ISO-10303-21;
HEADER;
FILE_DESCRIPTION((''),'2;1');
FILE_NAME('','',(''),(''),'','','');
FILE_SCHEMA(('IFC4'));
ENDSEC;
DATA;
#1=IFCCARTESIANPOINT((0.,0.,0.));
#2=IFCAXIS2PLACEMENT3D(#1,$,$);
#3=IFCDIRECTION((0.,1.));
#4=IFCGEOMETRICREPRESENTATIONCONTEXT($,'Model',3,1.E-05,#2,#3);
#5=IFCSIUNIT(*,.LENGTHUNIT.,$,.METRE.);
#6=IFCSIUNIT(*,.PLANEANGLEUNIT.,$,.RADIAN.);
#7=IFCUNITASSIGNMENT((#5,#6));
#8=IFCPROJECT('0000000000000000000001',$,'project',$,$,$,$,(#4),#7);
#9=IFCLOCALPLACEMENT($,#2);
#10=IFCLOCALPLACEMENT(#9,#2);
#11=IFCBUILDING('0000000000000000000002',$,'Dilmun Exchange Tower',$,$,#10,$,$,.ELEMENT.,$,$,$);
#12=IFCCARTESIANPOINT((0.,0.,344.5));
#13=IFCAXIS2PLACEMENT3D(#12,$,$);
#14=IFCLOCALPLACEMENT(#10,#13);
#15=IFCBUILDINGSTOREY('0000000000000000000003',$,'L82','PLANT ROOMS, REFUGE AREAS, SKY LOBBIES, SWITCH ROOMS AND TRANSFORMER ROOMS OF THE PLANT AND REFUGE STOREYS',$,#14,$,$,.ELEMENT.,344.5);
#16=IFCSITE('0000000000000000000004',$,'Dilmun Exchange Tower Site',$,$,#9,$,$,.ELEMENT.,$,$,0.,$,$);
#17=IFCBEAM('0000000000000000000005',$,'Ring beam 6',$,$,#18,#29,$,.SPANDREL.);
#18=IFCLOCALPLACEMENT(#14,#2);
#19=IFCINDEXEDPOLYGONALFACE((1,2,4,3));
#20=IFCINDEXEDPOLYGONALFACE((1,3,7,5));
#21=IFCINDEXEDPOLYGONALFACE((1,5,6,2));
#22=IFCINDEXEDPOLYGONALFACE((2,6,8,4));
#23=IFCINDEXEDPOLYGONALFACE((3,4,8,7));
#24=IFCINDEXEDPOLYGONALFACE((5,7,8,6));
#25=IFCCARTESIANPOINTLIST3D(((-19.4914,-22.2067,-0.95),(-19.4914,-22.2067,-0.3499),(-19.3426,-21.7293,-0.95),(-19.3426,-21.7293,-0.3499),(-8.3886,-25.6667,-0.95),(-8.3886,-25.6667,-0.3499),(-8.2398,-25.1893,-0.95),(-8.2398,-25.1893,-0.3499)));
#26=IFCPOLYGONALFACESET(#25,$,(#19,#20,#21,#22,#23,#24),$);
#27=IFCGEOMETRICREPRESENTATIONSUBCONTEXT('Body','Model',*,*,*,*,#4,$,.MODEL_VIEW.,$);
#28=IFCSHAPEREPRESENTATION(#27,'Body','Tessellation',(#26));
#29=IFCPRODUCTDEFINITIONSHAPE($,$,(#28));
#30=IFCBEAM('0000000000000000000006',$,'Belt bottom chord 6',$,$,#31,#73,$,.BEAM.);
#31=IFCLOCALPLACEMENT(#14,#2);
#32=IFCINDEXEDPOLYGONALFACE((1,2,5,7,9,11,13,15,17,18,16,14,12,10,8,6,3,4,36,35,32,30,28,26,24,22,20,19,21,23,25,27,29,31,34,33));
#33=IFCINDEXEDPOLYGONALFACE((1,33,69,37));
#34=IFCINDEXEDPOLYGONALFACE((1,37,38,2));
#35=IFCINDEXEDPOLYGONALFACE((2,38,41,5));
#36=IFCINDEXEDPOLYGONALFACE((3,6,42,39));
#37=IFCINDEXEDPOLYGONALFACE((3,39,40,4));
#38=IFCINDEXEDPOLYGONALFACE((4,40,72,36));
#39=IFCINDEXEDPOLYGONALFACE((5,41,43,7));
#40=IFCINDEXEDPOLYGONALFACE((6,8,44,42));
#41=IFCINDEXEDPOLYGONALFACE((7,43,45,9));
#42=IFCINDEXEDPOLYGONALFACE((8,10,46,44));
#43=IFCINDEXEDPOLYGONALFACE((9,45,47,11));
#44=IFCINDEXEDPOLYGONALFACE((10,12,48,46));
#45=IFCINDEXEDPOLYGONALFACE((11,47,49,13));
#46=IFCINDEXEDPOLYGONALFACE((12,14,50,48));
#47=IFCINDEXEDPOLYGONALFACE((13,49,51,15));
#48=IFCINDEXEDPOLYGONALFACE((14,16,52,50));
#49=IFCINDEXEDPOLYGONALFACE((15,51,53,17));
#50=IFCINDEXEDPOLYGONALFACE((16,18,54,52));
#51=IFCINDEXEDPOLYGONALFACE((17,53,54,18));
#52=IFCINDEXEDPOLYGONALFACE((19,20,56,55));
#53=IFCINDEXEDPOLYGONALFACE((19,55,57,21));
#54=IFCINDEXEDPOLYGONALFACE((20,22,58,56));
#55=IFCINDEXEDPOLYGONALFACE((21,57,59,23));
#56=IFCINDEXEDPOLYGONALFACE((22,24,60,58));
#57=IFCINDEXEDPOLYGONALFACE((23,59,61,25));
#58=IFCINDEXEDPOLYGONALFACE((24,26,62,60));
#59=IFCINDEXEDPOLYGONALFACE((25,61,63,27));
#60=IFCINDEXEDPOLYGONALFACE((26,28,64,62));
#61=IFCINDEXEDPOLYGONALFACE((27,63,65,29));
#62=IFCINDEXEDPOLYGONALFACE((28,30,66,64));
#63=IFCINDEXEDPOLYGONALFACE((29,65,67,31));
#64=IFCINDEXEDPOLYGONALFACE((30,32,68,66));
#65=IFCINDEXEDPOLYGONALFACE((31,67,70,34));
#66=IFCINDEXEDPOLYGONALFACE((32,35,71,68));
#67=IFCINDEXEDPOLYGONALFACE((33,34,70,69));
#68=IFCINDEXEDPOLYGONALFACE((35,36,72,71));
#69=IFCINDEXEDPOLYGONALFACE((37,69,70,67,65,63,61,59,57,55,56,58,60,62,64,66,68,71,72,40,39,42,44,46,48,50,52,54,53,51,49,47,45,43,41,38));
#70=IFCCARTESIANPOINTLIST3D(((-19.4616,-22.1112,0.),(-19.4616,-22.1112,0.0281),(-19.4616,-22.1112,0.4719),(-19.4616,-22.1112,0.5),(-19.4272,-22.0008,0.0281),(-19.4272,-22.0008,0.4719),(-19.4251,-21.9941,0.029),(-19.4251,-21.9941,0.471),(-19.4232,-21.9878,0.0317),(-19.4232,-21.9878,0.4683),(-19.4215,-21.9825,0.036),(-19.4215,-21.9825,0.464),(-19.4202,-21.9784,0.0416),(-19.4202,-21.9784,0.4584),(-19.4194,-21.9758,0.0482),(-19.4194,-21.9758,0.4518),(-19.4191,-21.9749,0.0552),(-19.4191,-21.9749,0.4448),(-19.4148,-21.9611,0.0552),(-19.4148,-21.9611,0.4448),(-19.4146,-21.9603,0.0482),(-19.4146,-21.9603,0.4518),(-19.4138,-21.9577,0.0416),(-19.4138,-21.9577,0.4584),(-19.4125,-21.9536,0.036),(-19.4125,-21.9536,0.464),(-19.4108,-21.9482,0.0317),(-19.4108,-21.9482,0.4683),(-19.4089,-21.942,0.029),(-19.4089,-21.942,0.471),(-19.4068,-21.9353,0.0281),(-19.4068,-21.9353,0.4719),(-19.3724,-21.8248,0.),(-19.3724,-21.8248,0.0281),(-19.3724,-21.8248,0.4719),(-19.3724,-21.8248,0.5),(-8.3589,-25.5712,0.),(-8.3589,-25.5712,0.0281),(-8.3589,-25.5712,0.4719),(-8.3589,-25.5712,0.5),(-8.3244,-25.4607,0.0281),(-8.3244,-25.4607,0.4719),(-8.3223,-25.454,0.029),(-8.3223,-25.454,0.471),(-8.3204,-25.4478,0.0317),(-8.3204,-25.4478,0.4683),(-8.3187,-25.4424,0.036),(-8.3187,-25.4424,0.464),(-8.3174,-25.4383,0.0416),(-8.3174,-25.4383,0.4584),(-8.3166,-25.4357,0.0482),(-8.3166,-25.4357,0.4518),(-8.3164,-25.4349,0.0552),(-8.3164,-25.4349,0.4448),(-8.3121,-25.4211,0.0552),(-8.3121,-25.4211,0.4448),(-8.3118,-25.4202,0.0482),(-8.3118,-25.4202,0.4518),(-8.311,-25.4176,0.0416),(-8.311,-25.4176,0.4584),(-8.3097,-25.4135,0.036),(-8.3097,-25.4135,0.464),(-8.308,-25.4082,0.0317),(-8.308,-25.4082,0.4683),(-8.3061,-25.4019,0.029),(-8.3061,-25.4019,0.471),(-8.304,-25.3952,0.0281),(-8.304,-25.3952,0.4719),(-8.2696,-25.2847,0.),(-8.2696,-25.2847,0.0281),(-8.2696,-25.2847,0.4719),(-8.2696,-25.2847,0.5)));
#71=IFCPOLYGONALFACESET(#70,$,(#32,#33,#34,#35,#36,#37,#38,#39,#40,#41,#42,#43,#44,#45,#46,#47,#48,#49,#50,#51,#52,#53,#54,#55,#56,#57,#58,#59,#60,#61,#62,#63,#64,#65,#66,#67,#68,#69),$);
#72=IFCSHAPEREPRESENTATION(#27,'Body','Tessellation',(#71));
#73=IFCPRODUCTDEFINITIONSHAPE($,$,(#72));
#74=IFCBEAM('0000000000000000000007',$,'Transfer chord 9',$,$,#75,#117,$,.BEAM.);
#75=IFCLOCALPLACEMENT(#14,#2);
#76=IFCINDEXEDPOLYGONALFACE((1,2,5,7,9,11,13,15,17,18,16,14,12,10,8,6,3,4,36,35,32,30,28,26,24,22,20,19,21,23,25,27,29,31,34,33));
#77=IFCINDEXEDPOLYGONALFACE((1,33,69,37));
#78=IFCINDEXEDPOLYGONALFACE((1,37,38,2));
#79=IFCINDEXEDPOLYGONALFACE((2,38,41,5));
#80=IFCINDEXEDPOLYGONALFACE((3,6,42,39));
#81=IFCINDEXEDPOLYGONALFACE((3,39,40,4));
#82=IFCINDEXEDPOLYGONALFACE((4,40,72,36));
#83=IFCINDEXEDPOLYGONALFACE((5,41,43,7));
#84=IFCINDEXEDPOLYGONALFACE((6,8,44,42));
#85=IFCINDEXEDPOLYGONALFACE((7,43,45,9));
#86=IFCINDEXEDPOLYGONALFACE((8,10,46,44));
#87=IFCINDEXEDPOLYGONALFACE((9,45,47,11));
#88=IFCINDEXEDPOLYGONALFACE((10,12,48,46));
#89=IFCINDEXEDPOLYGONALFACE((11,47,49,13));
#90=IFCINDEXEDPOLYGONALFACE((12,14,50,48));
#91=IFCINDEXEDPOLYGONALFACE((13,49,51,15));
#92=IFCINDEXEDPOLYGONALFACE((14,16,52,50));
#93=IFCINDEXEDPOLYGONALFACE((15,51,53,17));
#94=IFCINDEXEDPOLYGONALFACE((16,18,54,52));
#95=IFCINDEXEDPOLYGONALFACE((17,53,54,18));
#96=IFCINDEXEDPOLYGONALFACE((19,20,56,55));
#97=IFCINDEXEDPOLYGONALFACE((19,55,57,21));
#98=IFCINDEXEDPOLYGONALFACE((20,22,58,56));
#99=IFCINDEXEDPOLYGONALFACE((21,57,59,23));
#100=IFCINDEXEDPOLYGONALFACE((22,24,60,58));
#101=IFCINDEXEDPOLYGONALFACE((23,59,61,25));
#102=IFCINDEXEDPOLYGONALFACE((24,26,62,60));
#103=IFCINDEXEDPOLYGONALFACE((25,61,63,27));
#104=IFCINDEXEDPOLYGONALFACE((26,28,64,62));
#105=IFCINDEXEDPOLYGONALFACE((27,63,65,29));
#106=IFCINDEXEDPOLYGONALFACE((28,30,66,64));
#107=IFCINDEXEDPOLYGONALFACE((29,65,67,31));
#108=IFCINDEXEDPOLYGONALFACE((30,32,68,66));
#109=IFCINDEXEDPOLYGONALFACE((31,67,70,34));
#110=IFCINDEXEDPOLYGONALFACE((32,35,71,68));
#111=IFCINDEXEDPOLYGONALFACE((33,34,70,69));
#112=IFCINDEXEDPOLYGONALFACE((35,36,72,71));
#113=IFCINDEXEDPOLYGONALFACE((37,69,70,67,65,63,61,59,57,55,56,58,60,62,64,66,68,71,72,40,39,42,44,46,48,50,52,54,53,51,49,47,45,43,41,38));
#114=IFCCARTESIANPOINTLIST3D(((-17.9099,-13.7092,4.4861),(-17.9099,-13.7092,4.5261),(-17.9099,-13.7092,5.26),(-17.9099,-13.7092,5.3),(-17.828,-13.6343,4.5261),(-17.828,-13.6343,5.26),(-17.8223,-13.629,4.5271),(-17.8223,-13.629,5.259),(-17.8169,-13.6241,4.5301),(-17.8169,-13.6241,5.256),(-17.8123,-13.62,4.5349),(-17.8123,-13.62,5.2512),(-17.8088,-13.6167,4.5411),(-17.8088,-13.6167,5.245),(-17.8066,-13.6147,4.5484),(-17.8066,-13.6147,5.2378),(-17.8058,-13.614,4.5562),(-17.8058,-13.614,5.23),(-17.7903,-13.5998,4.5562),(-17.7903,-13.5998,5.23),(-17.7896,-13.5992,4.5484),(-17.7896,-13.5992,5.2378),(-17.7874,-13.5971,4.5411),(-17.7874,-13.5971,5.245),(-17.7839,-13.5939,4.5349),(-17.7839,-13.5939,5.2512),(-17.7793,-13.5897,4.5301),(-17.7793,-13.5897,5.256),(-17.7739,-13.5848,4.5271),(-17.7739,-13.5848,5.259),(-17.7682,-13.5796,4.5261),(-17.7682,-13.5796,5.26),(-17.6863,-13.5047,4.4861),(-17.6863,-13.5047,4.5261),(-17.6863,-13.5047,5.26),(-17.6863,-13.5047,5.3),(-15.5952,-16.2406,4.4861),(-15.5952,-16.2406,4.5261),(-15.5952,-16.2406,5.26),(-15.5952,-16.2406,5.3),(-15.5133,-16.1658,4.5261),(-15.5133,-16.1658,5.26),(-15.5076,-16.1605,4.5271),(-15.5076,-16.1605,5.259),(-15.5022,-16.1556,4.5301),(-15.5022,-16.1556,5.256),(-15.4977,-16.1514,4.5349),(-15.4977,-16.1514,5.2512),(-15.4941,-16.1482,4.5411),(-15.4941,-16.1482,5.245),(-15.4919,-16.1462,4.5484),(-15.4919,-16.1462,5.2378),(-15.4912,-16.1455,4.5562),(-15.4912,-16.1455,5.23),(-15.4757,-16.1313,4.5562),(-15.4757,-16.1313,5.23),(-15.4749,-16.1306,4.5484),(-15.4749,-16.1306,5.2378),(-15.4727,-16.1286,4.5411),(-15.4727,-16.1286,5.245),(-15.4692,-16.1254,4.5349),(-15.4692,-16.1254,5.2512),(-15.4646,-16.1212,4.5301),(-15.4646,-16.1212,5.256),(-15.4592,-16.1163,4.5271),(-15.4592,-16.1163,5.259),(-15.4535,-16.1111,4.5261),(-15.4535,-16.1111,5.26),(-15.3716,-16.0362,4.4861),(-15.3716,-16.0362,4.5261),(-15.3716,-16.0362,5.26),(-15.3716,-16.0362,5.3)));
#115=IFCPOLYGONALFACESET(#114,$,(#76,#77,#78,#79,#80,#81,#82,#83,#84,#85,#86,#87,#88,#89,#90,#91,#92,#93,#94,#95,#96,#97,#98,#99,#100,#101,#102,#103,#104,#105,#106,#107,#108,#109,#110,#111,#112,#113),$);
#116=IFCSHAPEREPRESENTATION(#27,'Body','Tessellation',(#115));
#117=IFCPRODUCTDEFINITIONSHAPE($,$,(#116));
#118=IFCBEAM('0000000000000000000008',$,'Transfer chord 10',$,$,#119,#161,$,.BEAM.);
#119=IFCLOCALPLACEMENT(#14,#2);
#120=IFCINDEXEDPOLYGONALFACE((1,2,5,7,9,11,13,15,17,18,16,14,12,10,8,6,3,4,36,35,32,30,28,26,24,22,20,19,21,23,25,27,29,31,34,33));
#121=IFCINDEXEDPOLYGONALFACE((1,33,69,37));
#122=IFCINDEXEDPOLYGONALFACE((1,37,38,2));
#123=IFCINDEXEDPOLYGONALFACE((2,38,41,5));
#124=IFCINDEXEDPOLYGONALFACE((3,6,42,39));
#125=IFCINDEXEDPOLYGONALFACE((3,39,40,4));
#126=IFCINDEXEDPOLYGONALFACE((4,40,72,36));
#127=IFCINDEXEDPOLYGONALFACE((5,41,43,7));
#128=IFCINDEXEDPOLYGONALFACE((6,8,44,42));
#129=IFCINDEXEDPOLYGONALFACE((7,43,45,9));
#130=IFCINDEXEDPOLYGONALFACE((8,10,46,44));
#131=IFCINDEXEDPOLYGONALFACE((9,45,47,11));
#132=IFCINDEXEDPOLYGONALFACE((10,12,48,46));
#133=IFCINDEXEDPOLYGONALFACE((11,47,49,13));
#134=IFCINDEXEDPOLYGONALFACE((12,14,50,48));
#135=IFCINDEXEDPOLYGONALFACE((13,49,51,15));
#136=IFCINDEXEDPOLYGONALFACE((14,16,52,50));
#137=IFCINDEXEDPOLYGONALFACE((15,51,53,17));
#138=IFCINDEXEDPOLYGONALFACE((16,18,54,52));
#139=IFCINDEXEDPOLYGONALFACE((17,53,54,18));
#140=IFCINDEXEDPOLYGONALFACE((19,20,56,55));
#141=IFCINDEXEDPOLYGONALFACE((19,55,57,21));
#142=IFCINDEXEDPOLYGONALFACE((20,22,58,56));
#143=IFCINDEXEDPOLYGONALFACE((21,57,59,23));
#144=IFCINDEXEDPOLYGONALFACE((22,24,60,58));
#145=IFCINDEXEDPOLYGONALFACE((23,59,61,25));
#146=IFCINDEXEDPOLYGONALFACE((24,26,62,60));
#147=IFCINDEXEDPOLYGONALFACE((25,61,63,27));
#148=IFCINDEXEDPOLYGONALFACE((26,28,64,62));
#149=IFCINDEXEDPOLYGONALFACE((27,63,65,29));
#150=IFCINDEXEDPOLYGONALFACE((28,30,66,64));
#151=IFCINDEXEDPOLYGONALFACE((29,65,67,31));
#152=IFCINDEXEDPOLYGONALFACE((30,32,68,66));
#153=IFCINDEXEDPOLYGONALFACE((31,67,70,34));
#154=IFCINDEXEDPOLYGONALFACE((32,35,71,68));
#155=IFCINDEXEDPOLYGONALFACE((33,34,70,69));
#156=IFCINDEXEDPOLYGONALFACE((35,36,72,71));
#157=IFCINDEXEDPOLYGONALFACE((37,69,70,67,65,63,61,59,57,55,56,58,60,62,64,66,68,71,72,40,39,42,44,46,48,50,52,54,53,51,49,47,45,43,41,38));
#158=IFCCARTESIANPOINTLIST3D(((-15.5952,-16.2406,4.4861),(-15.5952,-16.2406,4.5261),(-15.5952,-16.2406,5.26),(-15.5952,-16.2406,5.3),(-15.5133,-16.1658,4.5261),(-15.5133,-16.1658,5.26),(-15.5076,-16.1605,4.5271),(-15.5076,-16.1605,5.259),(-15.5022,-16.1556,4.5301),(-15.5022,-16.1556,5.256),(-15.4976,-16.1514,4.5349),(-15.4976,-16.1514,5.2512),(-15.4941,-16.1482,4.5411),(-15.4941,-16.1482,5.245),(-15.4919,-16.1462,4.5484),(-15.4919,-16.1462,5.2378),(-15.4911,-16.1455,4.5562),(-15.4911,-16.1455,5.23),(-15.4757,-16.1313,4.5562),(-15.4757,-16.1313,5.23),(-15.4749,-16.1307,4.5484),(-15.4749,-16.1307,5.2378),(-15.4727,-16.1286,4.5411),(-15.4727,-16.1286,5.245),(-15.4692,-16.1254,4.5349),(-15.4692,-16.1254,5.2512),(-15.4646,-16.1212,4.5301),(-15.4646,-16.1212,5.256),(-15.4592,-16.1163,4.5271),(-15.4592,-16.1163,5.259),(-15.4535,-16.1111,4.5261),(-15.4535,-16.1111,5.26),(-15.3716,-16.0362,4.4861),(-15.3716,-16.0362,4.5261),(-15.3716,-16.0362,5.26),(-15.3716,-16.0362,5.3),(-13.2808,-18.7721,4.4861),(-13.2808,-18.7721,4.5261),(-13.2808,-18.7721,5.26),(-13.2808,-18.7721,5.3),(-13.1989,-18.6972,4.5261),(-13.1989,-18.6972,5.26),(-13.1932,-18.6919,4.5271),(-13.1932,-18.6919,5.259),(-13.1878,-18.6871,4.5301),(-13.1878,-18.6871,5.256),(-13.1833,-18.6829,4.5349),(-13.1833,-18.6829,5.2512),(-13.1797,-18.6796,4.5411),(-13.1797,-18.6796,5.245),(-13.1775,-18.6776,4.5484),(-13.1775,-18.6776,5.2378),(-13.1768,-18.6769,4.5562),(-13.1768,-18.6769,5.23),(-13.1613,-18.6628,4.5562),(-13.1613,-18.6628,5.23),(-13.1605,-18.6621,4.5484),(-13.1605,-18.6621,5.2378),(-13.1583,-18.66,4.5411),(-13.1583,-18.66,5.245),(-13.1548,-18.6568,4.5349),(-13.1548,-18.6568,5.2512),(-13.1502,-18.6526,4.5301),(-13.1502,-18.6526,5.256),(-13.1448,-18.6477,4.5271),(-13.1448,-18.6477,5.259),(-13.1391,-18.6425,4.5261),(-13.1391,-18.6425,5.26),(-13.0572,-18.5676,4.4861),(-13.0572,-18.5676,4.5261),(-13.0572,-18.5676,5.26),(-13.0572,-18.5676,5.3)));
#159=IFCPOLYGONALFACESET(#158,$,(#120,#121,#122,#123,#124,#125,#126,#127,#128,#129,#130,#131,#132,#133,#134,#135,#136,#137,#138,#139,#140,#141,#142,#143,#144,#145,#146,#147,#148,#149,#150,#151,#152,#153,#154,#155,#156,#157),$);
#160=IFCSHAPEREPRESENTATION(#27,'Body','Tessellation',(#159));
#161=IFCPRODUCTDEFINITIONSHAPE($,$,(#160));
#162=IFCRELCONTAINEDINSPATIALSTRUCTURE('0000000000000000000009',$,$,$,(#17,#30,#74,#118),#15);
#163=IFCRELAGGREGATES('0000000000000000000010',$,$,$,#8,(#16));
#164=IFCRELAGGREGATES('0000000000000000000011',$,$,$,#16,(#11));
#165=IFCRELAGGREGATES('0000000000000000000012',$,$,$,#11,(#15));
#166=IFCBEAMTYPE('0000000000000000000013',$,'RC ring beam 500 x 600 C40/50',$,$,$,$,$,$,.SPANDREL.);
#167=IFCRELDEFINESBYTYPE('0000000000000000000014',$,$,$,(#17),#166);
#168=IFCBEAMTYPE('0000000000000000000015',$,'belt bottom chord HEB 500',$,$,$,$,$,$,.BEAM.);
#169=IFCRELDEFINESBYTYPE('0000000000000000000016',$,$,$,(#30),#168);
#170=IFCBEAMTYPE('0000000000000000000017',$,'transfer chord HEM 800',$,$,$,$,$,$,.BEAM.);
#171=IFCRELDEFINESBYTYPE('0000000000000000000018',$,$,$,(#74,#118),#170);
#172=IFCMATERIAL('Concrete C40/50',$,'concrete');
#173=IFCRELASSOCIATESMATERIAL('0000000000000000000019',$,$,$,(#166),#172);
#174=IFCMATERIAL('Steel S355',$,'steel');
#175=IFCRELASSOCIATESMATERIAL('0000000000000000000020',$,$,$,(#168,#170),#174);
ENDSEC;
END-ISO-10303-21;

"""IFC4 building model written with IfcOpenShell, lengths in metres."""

from ifc_helpers import new_model, si_unit, direction, frame, origin, origin_2d, place, context, subcontext, project, spatial, rectangle, i_section, extrude, material, material_profile, profile_set, type_object, element, save


model = new_model("IFC4")

# Units and contexts
model_context = context("Model", 3, precision=1e-05, world=origin(), true_north=direction((0.0, 1.0)))
body_context = subcontext(model_context, "Body", "Model", "MODEL_VIEW")
ifc_project = project(units=[si_unit("LENGTHUNIT", "METRE"), si_unit("PLANEANGLEUNIT", "RADIAN")], contexts=[model_context])

# Site, building, storey
site_placement = place(None, origin())
site = spatial("IfcSite", under=ifc_project, at=site_placement, Name="Dilmun Exchange Tower Site", CompositionType="ELEMENT", RefElevation=0.0)
building_placement = place(site_placement, origin())
building = spatial("IfcBuilding", under=site, at=building_placement, Name="Dilmun Exchange Tower", CompositionType="ELEMENT")
storey_placement = place(building_placement, frame((0.0, 0.0, 344.5)))
storey = spatial("IfcBuildingStorey", under=building, at=storey_placement, Name="L82", Description="PLANT ROOMS, REFUGE AREAS, SKY LOBBIES, SWITCH ROOMS AND TRANSFORMER ROOMS OF THE PLANT AND REFUGE STOREYS", CompositionType="ELEMENT", Elevation=344.5)

# Beams
ifc_material_1 = material(Name="Concrete C40/50", Category="concrete")
ifc_material_profile_1 = material_profile(ifc_material_1, rectangle(XDim=0.5, YDim=0.6001, at=origin_2d()), Name="500 x 600")
ifc_profile_set_1 = profile_set([ifc_material_profile_1], Name="Concrete C40/50")
beam_type_1 = type_object("IfcBeamType", Name="RC ring beam 500 x 600 C40/50", PredefinedType="SPANDREL", material=ifc_profile_set_1)
beam_1_placement = place(storey_placement, frame((-19.417, -21.968, -0.6499), z_axis=(0.954716, -0.297518, 0.0), x_axis=(0.297518, 0.954716, 0.0)))
element("IfcBeam", 1, at=beam_1_placement, inside=storey, type_object=beam_type_1, Name="Ring beam 6", PredefinedType="SPANDREL", context=body_context, shape_type="SweptSolid", body=[
    extrude(rectangle(XDim=0.5, YDim=0.6001, at=origin_2d()), origin(), (0.0, 0.0, 1.0), 11.6294),
])
ifc_material_2 = material(Name="Steel S355", Category="steel")
ifc_material_profile_2 = material_profile(ifc_material_2, i_section(OverallWidth=0.3, OverallDepth=0.5, WebThickness=0.0144, FlangeThickness=0.0281, FilletRadius=0.0271, at=origin_2d()), Name="HEB 500")
ifc_profile_set_2 = profile_set([ifc_material_profile_2], Name="Steel S355")
beam_type_2 = type_object("IfcBeamType", Name="belt bottom chord HEB 500", PredefinedType="BEAM", material=ifc_profile_set_2)
beam_2_placement = place(storey_placement, frame((-19.417, -21.968, 0.25), z_axis=(0.954716, -0.297518, 0.0), x_axis=(0.297518, 0.954716, 0.0)))
element("IfcBeam", 2, at=beam_2_placement, inside=storey, type_object=beam_type_2, Name="Belt bottom chord 6", PredefinedType="BEAM", context=body_context, shape_type="SweptSolid", body=[
    extrude(i_section(OverallWidth=0.3, OverallDepth=0.5, WebThickness=0.0144, FlangeThickness=0.0281, FilletRadius=0.0271, at=origin_2d()), origin(), (0.0, 0.0, 1.0), 11.6294),
])
ifc_material_profile_3 = material_profile(ifc_material_2, i_section(OverallWidth=0.303, OverallDepth=0.814, WebThickness=0.021, FlangeThickness=0.04, FilletRadius=0.03, at=origin_2d()), Name="HEM 800")
ifc_profile_set_3 = profile_set([ifc_material_profile_3], Name="Steel S355")
beam_type_3 = type_object("IfcBeamType", Name="transfer chord HEM 800", PredefinedType="BEAM", material=ifc_profile_set_3)
beam_3_placement = place(storey_placement, frame((-17.7981, -13.6069, 4.8931), z_axis=(0.674799, -0.738001, 0.0), x_axis=(0.738001, 0.674799, 0.0)))
element("IfcBeam", 3, at=beam_3_placement, inside=storey, type_object=beam_type_3, Name="Transfer chord 9", PredefinedType="BEAM", context=body_context, shape_type="SweptSolid", body=[
    extrude(i_section(OverallWidth=0.303, OverallDepth=0.814, WebThickness=0.021, FlangeThickness=0.04, FilletRadius=0.03, at=origin_2d()), origin(), (0.0, 0.0, 1.0), 3.4302),
])
beam_4_placement = place(storey_placement, frame((-15.4834, -16.1384, 4.8931), z_axis=(0.67476, -0.738037, 0.0), x_axis=(0.738037, 0.67476, 0.0)))
element("IfcBeam", 4, at=beam_4_placement, inside=storey, type_object=beam_type_3, Name="Transfer chord 10", PredefinedType="BEAM", context=body_context, shape_type="SweptSolid", body=[
    extrude(i_section(OverallWidth=0.303, OverallDepth=0.814, WebThickness=0.021, FlangeThickness=0.04, FilletRadius=0.03, at=origin_2d()), origin(), (0.0, 0.0, 1.0), 3.4299),
])

save(model, "model.ifc")
